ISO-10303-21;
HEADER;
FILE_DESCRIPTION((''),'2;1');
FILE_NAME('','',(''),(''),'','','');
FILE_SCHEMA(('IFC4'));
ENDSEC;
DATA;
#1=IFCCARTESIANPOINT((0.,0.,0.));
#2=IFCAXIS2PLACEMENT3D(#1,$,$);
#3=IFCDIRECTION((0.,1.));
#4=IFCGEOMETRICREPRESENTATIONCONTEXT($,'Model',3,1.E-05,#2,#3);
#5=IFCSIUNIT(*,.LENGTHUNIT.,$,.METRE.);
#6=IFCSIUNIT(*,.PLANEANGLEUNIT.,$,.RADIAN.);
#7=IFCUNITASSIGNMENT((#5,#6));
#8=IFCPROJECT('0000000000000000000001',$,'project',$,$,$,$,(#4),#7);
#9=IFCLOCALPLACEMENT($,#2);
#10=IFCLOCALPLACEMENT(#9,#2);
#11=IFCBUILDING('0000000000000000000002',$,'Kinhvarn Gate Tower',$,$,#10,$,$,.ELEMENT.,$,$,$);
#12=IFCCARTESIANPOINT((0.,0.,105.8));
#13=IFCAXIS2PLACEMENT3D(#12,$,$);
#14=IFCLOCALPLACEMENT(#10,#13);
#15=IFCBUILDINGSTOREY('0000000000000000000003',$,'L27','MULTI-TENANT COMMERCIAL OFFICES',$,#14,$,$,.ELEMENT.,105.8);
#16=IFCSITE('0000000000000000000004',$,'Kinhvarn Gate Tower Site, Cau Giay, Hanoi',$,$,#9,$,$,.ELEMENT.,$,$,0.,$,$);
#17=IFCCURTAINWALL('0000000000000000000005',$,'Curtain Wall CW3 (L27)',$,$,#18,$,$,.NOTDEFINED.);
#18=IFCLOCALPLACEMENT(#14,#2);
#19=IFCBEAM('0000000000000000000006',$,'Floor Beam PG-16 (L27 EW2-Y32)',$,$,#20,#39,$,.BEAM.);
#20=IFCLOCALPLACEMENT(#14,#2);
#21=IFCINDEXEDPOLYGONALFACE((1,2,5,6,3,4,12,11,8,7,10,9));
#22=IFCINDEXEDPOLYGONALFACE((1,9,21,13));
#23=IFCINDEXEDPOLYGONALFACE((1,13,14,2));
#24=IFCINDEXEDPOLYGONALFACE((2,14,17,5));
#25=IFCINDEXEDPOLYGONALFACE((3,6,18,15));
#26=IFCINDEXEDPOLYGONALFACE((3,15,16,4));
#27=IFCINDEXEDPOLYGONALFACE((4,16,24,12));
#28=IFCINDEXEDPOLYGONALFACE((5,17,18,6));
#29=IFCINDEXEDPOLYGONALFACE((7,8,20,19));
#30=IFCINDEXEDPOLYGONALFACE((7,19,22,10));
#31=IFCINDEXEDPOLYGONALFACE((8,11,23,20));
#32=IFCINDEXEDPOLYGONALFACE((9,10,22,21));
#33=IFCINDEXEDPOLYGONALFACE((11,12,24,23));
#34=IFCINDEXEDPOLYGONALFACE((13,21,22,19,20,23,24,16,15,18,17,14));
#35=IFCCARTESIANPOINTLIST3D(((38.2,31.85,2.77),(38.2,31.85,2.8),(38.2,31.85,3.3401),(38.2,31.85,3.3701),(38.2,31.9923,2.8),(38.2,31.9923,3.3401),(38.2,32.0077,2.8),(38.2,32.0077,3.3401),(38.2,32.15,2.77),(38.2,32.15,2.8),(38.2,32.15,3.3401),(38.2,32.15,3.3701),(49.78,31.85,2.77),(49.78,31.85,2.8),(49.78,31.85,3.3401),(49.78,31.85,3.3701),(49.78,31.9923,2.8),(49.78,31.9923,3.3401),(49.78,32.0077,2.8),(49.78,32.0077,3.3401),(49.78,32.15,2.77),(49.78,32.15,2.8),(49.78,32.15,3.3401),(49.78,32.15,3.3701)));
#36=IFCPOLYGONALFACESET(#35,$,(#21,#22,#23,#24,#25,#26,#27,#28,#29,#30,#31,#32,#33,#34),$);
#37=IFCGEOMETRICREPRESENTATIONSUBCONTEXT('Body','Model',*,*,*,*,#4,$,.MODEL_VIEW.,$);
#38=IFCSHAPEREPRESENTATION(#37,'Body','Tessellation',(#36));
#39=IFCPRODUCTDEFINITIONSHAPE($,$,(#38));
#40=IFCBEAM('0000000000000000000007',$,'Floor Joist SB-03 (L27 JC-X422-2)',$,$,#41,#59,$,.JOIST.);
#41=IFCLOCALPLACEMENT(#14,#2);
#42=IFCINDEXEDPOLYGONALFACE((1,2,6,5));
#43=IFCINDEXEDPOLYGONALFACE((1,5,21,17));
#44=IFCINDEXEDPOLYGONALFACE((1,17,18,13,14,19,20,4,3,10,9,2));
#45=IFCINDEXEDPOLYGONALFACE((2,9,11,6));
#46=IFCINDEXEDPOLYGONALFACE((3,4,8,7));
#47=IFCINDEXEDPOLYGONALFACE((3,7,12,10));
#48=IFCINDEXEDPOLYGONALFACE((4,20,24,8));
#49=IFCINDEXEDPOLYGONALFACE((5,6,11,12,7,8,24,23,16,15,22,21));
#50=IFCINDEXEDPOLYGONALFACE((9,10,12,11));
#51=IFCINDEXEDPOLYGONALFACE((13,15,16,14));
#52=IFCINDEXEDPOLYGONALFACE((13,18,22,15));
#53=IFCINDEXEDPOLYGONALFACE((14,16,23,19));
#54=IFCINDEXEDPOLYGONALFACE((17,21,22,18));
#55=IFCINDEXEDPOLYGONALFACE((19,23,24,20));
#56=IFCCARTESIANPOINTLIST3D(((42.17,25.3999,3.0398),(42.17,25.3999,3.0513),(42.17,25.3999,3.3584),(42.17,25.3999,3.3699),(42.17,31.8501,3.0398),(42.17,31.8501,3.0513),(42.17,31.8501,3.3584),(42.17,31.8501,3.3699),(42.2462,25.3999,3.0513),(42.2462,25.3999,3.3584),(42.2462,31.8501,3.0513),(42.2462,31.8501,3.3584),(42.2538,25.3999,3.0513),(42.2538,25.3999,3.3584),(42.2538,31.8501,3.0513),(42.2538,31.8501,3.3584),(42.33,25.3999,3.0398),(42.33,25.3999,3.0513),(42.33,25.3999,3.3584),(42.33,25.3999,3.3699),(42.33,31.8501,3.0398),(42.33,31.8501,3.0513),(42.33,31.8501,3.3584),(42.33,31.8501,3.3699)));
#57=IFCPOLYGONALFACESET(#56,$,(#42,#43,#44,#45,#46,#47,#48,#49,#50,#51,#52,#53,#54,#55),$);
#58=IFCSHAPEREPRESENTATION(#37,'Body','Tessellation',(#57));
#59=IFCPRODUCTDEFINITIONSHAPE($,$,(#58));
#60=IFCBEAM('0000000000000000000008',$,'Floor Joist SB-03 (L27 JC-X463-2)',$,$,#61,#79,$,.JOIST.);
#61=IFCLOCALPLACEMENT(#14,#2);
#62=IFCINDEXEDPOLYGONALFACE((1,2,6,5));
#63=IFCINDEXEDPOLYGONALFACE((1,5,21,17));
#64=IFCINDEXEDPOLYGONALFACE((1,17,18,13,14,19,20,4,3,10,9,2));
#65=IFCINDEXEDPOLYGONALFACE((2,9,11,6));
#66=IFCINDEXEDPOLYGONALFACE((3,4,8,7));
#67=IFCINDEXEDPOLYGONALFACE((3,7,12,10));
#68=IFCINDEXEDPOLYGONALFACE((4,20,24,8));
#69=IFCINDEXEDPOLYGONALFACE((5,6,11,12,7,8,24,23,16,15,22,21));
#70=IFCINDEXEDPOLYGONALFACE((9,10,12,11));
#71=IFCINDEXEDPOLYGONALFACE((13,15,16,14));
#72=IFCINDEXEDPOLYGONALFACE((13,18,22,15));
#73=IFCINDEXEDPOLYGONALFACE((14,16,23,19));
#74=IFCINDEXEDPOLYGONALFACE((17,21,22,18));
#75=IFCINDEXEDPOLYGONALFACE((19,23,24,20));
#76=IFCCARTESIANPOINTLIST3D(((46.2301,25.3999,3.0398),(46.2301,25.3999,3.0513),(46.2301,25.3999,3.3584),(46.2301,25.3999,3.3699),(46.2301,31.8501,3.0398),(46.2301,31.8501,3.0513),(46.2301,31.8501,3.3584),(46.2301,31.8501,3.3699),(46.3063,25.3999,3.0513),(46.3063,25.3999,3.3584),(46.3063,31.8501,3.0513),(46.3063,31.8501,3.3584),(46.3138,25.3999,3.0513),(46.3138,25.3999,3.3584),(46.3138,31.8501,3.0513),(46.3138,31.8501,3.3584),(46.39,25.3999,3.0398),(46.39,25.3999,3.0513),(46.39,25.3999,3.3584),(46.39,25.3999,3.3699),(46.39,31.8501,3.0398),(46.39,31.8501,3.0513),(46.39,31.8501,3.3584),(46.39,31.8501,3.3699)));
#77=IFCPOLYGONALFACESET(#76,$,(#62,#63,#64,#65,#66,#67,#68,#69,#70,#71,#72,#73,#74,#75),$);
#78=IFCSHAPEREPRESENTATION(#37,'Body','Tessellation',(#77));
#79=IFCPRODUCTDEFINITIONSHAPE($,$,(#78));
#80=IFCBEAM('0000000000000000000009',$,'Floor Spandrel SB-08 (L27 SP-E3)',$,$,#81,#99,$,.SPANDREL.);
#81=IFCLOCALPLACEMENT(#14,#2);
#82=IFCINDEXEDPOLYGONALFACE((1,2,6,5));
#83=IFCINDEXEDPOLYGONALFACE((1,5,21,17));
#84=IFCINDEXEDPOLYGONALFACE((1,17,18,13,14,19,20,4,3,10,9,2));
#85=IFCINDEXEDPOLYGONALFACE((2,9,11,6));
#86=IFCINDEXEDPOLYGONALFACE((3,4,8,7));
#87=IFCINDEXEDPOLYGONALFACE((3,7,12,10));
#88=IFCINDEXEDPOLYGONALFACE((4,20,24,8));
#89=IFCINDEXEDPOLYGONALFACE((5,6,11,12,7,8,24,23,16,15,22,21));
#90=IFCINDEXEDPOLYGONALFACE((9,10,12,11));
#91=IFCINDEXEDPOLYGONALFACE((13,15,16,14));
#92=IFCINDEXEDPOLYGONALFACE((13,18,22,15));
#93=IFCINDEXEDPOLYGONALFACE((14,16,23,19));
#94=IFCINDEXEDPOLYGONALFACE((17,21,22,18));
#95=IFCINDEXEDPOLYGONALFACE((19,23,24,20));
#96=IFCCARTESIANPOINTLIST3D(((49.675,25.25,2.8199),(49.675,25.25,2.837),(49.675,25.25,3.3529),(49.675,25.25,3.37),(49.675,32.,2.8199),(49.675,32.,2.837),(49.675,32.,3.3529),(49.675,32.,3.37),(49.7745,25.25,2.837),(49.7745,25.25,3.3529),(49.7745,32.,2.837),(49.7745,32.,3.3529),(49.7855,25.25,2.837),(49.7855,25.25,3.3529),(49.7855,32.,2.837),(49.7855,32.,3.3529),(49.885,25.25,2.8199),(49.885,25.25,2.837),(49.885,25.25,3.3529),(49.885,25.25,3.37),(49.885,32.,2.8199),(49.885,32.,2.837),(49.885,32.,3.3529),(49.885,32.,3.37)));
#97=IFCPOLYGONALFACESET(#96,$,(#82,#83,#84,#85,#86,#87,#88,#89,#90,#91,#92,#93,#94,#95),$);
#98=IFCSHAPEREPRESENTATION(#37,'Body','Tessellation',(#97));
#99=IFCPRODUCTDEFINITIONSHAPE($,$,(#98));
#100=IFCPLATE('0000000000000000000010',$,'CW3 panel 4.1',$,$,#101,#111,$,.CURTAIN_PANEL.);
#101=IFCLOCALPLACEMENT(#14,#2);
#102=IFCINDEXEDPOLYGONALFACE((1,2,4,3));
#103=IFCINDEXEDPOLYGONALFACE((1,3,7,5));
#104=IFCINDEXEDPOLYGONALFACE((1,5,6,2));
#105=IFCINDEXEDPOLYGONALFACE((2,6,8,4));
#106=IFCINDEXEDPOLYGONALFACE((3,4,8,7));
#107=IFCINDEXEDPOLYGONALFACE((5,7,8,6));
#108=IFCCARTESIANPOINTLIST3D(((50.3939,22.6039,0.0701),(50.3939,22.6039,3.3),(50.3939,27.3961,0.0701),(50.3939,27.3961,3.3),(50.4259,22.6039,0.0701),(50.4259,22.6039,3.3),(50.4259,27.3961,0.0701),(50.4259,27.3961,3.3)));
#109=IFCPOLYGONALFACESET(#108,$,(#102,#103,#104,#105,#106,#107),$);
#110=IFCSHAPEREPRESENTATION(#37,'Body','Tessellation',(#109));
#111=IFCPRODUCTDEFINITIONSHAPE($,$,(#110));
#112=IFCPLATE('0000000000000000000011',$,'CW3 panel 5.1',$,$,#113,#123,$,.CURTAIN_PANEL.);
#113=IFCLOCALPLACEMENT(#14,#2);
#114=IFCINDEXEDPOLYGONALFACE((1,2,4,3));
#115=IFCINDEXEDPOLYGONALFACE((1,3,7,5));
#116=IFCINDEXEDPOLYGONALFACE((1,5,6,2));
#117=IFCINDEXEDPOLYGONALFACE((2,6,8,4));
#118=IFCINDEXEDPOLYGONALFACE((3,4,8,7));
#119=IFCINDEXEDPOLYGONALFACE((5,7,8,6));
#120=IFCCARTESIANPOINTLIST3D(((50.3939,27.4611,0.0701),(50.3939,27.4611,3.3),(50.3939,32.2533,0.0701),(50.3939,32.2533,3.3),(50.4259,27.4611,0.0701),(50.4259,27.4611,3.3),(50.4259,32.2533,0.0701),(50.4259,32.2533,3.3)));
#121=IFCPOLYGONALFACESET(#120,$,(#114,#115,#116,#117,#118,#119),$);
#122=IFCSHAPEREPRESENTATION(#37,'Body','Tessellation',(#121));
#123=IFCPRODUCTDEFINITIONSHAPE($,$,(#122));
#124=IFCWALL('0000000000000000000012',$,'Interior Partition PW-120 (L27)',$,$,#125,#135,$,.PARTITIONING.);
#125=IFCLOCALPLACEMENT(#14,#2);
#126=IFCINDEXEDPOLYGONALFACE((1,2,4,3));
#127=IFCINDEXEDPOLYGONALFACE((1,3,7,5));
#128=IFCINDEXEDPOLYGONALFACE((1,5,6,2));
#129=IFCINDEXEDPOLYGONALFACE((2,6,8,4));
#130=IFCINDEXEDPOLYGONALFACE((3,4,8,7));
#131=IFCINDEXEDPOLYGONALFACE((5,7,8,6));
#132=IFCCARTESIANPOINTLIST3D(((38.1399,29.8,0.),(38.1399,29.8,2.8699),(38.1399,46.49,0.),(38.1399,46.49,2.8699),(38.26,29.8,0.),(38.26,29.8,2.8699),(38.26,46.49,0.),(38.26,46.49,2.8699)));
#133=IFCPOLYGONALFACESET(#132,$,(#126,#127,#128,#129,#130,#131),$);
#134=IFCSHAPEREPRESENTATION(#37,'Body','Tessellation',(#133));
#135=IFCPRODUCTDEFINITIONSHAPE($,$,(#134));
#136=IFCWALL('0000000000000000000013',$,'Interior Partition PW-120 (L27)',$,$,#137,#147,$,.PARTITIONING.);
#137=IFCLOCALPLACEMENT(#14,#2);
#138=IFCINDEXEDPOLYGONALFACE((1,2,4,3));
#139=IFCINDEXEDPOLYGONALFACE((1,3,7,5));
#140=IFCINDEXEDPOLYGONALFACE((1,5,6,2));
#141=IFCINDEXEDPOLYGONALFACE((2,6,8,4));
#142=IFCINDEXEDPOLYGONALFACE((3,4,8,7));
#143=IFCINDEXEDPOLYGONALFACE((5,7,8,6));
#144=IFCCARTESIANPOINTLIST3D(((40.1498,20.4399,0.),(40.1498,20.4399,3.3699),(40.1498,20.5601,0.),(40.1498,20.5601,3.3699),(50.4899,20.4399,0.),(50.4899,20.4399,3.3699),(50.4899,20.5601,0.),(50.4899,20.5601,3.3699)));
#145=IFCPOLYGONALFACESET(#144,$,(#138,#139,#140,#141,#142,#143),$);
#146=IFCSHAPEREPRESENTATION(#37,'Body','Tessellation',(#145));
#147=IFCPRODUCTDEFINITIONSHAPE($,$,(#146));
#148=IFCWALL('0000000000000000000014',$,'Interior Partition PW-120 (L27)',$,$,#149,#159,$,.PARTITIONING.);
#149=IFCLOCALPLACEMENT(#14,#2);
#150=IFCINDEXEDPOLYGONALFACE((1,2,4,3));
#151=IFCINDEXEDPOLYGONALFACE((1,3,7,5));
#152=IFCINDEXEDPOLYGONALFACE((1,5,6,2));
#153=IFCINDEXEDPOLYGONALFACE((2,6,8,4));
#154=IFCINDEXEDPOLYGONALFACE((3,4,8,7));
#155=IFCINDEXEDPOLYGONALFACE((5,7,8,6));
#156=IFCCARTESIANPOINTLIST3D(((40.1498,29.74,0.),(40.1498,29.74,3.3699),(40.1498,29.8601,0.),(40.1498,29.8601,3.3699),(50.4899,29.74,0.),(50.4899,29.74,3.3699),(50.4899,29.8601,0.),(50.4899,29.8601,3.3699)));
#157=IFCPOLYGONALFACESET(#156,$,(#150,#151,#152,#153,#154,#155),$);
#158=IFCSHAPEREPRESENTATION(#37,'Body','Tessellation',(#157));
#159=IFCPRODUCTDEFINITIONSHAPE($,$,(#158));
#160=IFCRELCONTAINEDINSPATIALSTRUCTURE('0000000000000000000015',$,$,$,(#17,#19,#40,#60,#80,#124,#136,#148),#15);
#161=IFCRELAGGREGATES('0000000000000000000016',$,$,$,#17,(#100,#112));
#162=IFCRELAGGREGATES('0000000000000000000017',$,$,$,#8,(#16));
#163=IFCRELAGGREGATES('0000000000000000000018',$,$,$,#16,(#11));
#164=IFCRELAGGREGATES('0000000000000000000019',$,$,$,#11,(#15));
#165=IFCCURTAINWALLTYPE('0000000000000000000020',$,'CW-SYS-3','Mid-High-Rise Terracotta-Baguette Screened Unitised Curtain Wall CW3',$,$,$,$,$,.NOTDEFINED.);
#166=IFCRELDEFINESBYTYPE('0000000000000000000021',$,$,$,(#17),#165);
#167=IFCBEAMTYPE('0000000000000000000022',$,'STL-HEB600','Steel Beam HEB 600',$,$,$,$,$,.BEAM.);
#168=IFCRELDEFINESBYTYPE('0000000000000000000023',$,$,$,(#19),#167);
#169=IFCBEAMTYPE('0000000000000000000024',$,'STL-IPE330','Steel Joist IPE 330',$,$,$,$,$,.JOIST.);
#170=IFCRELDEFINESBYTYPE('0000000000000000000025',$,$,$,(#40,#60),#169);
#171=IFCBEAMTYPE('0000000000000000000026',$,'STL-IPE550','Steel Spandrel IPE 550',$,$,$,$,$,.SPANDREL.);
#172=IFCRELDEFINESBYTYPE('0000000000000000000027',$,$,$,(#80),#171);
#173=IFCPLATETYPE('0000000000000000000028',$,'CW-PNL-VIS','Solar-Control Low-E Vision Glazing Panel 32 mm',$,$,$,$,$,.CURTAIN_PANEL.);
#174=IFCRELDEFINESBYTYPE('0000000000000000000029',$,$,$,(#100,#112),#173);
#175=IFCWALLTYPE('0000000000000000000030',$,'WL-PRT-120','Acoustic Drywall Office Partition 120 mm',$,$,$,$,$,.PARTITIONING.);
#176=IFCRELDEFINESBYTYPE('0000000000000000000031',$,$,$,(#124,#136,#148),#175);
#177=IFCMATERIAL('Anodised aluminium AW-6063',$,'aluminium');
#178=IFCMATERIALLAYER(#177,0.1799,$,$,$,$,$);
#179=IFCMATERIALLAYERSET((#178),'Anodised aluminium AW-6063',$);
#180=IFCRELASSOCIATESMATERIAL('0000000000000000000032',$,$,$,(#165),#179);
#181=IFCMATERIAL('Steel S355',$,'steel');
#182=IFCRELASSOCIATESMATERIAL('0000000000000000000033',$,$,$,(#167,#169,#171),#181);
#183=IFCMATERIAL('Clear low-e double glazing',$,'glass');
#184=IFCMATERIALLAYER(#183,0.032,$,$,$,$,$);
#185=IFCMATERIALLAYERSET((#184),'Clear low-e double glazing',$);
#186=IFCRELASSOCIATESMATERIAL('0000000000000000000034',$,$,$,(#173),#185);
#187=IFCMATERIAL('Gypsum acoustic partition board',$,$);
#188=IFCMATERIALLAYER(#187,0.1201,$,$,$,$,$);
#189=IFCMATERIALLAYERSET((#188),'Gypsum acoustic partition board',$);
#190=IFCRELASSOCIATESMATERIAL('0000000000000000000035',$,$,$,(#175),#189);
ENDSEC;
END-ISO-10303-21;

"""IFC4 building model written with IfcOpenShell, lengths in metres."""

from ifc_helpers import new_model, si_unit, direction, frame, frame_2d, origin, origin_2d, place, context, subcontext, project, spatial, rectangle, i_section, extrude, material, layer, layer_set, material_profile, profile_set, type_object, element, aggregate, save


model = new_model("IFC4")

# Units and contexts
model_context = context("Model", 3, precision=1e-05, world=origin(), true_north=direction((0.0, 1.0)))
body_context = subcontext(model_context, "Body", "Model", "MODEL_VIEW")
ifc_project = project(units=[si_unit("LENGTHUNIT", "METRE"), si_unit("PLANEANGLEUNIT", "RADIAN")], contexts=[model_context])

# Site, building, storey
site_placement = place(None, origin())
site = spatial("IfcSite", under=ifc_project, at=site_placement, Name="Kinhvarn Gate Tower Site, Cau Giay, Hanoi", CompositionType="ELEMENT", RefElevation=0.0)
building_placement = place(site_placement, origin())
building = spatial("IfcBuilding", under=site, at=building_placement, Name="Kinhvarn Gate Tower", CompositionType="ELEMENT")
storey_placement = place(building_placement, frame((0.0, 0.0, 105.8)))
storey = spatial("IfcBuildingStorey", under=building, at=storey_placement, Name="L27", Description="MULTI-TENANT COMMERCIAL OFFICES", CompositionType="ELEMENT", Elevation=105.8)

# Curtain wall
ifc_material_1 = material(Name="Anodised aluminium AW-6063", Category="aluminium")
ifc_layer_1 = layer(ifc_material_1, 0.1799)
ifc_layer_set_1 = layer_set([ifc_layer_1], Name="Anodised aluminium AW-6063")
curtain_wall_type = type_object("IfcCurtainWallType", Name="CW-SYS-3", Description="Mid-High-Rise Terracotta-Baguette Screened Unitised Curtain Wall CW3", PredefinedType="NOTDEFINED", material=ifc_layer_set_1)
curtain_wall_placement = place(storey_placement, origin())
curtain_wall = element("IfcCurtainWall", 1, at=curtain_wall_placement, inside=storey, type_object=curtain_wall_type, Name="Curtain Wall CW3 (L27)", PredefinedType="NOTDEFINED")

# Beams
ifc_material_2 = material(Name="Steel S355", Category="steel")
ifc_material_profile_1 = material_profile(ifc_material_2, i_section(OverallWidth=0.3, OverallDepth=0.6001, WebThickness=0.0154, FlangeThickness=0.03, at=origin_2d()), Name="HEB 600")
ifc_profile_set_1 = profile_set([ifc_material_profile_1], Name="Steel S355")
beam_type_1 = type_object("IfcBeamType", Name="STL-HEB600", Description="Steel Beam HEB 600", PredefinedType="BEAM", material=ifc_profile_set_1)
for number, where, z_axis, x_axis, name in (
    (2, (38.2, 32.0, 3.0701), (1.0, 0.0, 0.0), (0.0, 1.0, 0.0), "Floor Beam PG-16 (L27 EW2-Y32)"),
):
    element("IfcBeam", number, at=place(storey_placement, frame(where, z_axis=z_axis, x_axis=x_axis)), inside=storey, type_object=beam_type_1, Name=name, PredefinedType="BEAM", context=body_context, shape_type="SweptSolid", body=[
        extrude(i_section(OverallWidth=0.3, OverallDepth=0.6001, WebThickness=0.0154, FlangeThickness=0.03, at=origin_2d()), origin(), (0.0, 0.0, 1.0), 11.5801),
    ])
ifc_material_profile_2 = material_profile(ifc_material_2, i_section(OverallWidth=0.1599, OverallDepth=0.3301, WebThickness=0.0076, FlangeThickness=0.0115, at=origin_2d()), Name="IPE 330")
ifc_profile_set_2 = profile_set([ifc_material_profile_2], Name="Steel S355")
beam_type_2 = type_object("IfcBeamType", Name="STL-IPE330", Description="Steel Joist IPE 330", PredefinedType="JOIST", material=ifc_profile_set_2)
for number, where, z_axis, x_axis, name in (
    (3, (42.25, 25.3999, 3.2048), (0.0, 1.0, 0.0), (-1.0, 0.0, 0.0), "Floor Joist SB-03 (L27 JC-X422-2)"),
    (4, (46.3101, 25.3999, 3.2048), (0.0, 1.0, 0.0), (-1.0, 0.0, 0.0), "Floor Joist SB-03 (L27 JC-X463-2)"),
):
    element("IfcBeam", number, at=place(storey_placement, frame(where, z_axis=z_axis, x_axis=x_axis)), inside=storey, type_object=beam_type_2, Name=name, PredefinedType="JOIST", context=body_context, shape_type="SweptSolid", body=[
        extrude(i_section(OverallWidth=0.1599, OverallDepth=0.3301, WebThickness=0.0076, FlangeThickness=0.0115, at=origin_2d()), origin(), (0.0, 0.0, 1.0), 6.4502),
    ])
ifc_material_profile_3 = material_profile(ifc_material_2, i_section(OverallWidth=0.21, OverallDepth=0.55, WebThickness=0.011, FlangeThickness=0.0171, at=origin_2d()), Name="IPE 550")
ifc_profile_set_3 = profile_set([ifc_material_profile_3], Name="Steel S355")
beam_type_3 = type_object("IfcBeamType", Name="STL-IPE550", Description="Steel Spandrel IPE 550", PredefinedType="SPANDREL", material=ifc_profile_set_3)
beam_1_placement = place(storey_placement, frame((49.78, 25.25, 3.095), z_axis=(0.0, 1.0, 0.0), x_axis=(-1.0, 0.0, 0.0)))
element("IfcBeam", 5, at=beam_1_placement, inside=storey, type_object=beam_type_3, Name="Floor Spandrel SB-08 (L27 SP-E3)", PredefinedType="SPANDREL", context=body_context, shape_type="SweptSolid", body=[
    extrude(i_section(OverallWidth=0.21, OverallDepth=0.55, WebThickness=0.011, FlangeThickness=0.0171, at=origin_2d()), origin(), (0.0, 0.0, 1.0), 6.75),
])

# Plates
ifc_material_3 = material(Name="Clear low-e double glazing", Category="glass")
ifc_layer_2 = layer(ifc_material_3, 0.032)
ifc_layer_set_2 = layer_set([ifc_layer_2], Name="Clear low-e double glazing")
plate_type = type_object("IfcPlateType", Name="CW-PNL-VIS", Description="Solar-Control Low-E Vision Glazing Panel 32 mm", PredefinedType="CURTAIN_PANEL", material=ifc_layer_set_2)
plate_1_placement = place(storey_placement, frame((50.4099, 25.0, 0.0701), z_axis=(0.0, 0.0, 1.0), x_axis=(0.0, 1.0, 0.0)))
plate_1 = element("IfcPlate", 6, at=plate_1_placement, type_object=plate_type, Name="CW3 panel 4.1", PredefinedType="CURTAIN_PANEL", context=body_context, shape_type="SweptSolid", body=[
    extrude(rectangle(XDim=4.7922, YDim=0.032, at=origin_2d()), origin(), (0.0, 0.0, 1.0), 3.23),
])
plate_2_placement = place(storey_placement, frame((50.4099, 29.8572, 0.0701), z_axis=(0.0, 0.0, 1.0), x_axis=(0.0, 1.0, 0.0)))
plate_2 = element("IfcPlate", 7, at=plate_2_placement, type_object=plate_type, Name="CW3 panel 5.1", PredefinedType="CURTAIN_PANEL", context=body_context, shape_type="SweptSolid", body=[
    extrude(rectangle(XDim=4.7922, YDim=0.032, at=origin_2d()), origin(), (0.0, 0.0, 1.0), 3.23),
])
aggregate(curtain_wall, [plate_1, plate_2])

# Walls
ifc_material_4 = material(Name="Gypsum acoustic partition board")
ifc_layer_3 = layer(ifc_material_4, 0.1201)
ifc_layer_set_3 = layer_set([ifc_layer_3], Name="Gypsum acoustic partition board")
wall_type_1 = type_object("IfcWallType", Name="WL-PRT-120", Description="Acoustic Drywall Office Partition 120 mm", PredefinedType="PARTITIONING", material=ifc_layer_set_3)
wall_1_placement = place(storey_placement, frame((38.2, 29.8, 0.0), z_axis=(0.0, 0.0, 1.0), x_axis=(0.0, 1.0, 0.0)))
element("IfcWall", 8, at=wall_1_placement, inside=storey, type_object=wall_type_1, Name="Interior Partition PW-120 (L27)", PredefinedType="PARTITIONING", context=body_context, shape_type="SweptSolid", body=[
    extrude(rectangle(XDim=16.6899, YDim=0.1201, at=frame_2d((8.345, 0.0))), origin(), (0.0, 0.0, 1.0), 2.8699),
])
for number, where, z_axis, x_axis, name in (
    (9, (40.1499, 20.5, 0.0), (0.0, 0.0, 1.0), (1.0, 0.0, 0.0), "Interior Partition PW-120 (L27)"),
    (10, (40.1499, 29.8, 0.0), (0.0, 0.0, 1.0), (1.0, 0.0, 0.0), "Interior Partition PW-120 (L27)"),
):
    element("IfcWall", number, at=place(storey_placement, frame(where, z_axis=z_axis, x_axis=x_axis)), inside=storey, type_object=wall_type_1, Name=name, PredefinedType="PARTITIONING", context=body_context, shape_type="SweptSolid", body=[
        extrude(rectangle(XDim=10.3401, YDim=0.1201, at=frame_2d((5.1699, 0.0))), origin(), (0.0, 0.0, 1.0), 3.3699),
    ])

save(model, "model.ifc")
